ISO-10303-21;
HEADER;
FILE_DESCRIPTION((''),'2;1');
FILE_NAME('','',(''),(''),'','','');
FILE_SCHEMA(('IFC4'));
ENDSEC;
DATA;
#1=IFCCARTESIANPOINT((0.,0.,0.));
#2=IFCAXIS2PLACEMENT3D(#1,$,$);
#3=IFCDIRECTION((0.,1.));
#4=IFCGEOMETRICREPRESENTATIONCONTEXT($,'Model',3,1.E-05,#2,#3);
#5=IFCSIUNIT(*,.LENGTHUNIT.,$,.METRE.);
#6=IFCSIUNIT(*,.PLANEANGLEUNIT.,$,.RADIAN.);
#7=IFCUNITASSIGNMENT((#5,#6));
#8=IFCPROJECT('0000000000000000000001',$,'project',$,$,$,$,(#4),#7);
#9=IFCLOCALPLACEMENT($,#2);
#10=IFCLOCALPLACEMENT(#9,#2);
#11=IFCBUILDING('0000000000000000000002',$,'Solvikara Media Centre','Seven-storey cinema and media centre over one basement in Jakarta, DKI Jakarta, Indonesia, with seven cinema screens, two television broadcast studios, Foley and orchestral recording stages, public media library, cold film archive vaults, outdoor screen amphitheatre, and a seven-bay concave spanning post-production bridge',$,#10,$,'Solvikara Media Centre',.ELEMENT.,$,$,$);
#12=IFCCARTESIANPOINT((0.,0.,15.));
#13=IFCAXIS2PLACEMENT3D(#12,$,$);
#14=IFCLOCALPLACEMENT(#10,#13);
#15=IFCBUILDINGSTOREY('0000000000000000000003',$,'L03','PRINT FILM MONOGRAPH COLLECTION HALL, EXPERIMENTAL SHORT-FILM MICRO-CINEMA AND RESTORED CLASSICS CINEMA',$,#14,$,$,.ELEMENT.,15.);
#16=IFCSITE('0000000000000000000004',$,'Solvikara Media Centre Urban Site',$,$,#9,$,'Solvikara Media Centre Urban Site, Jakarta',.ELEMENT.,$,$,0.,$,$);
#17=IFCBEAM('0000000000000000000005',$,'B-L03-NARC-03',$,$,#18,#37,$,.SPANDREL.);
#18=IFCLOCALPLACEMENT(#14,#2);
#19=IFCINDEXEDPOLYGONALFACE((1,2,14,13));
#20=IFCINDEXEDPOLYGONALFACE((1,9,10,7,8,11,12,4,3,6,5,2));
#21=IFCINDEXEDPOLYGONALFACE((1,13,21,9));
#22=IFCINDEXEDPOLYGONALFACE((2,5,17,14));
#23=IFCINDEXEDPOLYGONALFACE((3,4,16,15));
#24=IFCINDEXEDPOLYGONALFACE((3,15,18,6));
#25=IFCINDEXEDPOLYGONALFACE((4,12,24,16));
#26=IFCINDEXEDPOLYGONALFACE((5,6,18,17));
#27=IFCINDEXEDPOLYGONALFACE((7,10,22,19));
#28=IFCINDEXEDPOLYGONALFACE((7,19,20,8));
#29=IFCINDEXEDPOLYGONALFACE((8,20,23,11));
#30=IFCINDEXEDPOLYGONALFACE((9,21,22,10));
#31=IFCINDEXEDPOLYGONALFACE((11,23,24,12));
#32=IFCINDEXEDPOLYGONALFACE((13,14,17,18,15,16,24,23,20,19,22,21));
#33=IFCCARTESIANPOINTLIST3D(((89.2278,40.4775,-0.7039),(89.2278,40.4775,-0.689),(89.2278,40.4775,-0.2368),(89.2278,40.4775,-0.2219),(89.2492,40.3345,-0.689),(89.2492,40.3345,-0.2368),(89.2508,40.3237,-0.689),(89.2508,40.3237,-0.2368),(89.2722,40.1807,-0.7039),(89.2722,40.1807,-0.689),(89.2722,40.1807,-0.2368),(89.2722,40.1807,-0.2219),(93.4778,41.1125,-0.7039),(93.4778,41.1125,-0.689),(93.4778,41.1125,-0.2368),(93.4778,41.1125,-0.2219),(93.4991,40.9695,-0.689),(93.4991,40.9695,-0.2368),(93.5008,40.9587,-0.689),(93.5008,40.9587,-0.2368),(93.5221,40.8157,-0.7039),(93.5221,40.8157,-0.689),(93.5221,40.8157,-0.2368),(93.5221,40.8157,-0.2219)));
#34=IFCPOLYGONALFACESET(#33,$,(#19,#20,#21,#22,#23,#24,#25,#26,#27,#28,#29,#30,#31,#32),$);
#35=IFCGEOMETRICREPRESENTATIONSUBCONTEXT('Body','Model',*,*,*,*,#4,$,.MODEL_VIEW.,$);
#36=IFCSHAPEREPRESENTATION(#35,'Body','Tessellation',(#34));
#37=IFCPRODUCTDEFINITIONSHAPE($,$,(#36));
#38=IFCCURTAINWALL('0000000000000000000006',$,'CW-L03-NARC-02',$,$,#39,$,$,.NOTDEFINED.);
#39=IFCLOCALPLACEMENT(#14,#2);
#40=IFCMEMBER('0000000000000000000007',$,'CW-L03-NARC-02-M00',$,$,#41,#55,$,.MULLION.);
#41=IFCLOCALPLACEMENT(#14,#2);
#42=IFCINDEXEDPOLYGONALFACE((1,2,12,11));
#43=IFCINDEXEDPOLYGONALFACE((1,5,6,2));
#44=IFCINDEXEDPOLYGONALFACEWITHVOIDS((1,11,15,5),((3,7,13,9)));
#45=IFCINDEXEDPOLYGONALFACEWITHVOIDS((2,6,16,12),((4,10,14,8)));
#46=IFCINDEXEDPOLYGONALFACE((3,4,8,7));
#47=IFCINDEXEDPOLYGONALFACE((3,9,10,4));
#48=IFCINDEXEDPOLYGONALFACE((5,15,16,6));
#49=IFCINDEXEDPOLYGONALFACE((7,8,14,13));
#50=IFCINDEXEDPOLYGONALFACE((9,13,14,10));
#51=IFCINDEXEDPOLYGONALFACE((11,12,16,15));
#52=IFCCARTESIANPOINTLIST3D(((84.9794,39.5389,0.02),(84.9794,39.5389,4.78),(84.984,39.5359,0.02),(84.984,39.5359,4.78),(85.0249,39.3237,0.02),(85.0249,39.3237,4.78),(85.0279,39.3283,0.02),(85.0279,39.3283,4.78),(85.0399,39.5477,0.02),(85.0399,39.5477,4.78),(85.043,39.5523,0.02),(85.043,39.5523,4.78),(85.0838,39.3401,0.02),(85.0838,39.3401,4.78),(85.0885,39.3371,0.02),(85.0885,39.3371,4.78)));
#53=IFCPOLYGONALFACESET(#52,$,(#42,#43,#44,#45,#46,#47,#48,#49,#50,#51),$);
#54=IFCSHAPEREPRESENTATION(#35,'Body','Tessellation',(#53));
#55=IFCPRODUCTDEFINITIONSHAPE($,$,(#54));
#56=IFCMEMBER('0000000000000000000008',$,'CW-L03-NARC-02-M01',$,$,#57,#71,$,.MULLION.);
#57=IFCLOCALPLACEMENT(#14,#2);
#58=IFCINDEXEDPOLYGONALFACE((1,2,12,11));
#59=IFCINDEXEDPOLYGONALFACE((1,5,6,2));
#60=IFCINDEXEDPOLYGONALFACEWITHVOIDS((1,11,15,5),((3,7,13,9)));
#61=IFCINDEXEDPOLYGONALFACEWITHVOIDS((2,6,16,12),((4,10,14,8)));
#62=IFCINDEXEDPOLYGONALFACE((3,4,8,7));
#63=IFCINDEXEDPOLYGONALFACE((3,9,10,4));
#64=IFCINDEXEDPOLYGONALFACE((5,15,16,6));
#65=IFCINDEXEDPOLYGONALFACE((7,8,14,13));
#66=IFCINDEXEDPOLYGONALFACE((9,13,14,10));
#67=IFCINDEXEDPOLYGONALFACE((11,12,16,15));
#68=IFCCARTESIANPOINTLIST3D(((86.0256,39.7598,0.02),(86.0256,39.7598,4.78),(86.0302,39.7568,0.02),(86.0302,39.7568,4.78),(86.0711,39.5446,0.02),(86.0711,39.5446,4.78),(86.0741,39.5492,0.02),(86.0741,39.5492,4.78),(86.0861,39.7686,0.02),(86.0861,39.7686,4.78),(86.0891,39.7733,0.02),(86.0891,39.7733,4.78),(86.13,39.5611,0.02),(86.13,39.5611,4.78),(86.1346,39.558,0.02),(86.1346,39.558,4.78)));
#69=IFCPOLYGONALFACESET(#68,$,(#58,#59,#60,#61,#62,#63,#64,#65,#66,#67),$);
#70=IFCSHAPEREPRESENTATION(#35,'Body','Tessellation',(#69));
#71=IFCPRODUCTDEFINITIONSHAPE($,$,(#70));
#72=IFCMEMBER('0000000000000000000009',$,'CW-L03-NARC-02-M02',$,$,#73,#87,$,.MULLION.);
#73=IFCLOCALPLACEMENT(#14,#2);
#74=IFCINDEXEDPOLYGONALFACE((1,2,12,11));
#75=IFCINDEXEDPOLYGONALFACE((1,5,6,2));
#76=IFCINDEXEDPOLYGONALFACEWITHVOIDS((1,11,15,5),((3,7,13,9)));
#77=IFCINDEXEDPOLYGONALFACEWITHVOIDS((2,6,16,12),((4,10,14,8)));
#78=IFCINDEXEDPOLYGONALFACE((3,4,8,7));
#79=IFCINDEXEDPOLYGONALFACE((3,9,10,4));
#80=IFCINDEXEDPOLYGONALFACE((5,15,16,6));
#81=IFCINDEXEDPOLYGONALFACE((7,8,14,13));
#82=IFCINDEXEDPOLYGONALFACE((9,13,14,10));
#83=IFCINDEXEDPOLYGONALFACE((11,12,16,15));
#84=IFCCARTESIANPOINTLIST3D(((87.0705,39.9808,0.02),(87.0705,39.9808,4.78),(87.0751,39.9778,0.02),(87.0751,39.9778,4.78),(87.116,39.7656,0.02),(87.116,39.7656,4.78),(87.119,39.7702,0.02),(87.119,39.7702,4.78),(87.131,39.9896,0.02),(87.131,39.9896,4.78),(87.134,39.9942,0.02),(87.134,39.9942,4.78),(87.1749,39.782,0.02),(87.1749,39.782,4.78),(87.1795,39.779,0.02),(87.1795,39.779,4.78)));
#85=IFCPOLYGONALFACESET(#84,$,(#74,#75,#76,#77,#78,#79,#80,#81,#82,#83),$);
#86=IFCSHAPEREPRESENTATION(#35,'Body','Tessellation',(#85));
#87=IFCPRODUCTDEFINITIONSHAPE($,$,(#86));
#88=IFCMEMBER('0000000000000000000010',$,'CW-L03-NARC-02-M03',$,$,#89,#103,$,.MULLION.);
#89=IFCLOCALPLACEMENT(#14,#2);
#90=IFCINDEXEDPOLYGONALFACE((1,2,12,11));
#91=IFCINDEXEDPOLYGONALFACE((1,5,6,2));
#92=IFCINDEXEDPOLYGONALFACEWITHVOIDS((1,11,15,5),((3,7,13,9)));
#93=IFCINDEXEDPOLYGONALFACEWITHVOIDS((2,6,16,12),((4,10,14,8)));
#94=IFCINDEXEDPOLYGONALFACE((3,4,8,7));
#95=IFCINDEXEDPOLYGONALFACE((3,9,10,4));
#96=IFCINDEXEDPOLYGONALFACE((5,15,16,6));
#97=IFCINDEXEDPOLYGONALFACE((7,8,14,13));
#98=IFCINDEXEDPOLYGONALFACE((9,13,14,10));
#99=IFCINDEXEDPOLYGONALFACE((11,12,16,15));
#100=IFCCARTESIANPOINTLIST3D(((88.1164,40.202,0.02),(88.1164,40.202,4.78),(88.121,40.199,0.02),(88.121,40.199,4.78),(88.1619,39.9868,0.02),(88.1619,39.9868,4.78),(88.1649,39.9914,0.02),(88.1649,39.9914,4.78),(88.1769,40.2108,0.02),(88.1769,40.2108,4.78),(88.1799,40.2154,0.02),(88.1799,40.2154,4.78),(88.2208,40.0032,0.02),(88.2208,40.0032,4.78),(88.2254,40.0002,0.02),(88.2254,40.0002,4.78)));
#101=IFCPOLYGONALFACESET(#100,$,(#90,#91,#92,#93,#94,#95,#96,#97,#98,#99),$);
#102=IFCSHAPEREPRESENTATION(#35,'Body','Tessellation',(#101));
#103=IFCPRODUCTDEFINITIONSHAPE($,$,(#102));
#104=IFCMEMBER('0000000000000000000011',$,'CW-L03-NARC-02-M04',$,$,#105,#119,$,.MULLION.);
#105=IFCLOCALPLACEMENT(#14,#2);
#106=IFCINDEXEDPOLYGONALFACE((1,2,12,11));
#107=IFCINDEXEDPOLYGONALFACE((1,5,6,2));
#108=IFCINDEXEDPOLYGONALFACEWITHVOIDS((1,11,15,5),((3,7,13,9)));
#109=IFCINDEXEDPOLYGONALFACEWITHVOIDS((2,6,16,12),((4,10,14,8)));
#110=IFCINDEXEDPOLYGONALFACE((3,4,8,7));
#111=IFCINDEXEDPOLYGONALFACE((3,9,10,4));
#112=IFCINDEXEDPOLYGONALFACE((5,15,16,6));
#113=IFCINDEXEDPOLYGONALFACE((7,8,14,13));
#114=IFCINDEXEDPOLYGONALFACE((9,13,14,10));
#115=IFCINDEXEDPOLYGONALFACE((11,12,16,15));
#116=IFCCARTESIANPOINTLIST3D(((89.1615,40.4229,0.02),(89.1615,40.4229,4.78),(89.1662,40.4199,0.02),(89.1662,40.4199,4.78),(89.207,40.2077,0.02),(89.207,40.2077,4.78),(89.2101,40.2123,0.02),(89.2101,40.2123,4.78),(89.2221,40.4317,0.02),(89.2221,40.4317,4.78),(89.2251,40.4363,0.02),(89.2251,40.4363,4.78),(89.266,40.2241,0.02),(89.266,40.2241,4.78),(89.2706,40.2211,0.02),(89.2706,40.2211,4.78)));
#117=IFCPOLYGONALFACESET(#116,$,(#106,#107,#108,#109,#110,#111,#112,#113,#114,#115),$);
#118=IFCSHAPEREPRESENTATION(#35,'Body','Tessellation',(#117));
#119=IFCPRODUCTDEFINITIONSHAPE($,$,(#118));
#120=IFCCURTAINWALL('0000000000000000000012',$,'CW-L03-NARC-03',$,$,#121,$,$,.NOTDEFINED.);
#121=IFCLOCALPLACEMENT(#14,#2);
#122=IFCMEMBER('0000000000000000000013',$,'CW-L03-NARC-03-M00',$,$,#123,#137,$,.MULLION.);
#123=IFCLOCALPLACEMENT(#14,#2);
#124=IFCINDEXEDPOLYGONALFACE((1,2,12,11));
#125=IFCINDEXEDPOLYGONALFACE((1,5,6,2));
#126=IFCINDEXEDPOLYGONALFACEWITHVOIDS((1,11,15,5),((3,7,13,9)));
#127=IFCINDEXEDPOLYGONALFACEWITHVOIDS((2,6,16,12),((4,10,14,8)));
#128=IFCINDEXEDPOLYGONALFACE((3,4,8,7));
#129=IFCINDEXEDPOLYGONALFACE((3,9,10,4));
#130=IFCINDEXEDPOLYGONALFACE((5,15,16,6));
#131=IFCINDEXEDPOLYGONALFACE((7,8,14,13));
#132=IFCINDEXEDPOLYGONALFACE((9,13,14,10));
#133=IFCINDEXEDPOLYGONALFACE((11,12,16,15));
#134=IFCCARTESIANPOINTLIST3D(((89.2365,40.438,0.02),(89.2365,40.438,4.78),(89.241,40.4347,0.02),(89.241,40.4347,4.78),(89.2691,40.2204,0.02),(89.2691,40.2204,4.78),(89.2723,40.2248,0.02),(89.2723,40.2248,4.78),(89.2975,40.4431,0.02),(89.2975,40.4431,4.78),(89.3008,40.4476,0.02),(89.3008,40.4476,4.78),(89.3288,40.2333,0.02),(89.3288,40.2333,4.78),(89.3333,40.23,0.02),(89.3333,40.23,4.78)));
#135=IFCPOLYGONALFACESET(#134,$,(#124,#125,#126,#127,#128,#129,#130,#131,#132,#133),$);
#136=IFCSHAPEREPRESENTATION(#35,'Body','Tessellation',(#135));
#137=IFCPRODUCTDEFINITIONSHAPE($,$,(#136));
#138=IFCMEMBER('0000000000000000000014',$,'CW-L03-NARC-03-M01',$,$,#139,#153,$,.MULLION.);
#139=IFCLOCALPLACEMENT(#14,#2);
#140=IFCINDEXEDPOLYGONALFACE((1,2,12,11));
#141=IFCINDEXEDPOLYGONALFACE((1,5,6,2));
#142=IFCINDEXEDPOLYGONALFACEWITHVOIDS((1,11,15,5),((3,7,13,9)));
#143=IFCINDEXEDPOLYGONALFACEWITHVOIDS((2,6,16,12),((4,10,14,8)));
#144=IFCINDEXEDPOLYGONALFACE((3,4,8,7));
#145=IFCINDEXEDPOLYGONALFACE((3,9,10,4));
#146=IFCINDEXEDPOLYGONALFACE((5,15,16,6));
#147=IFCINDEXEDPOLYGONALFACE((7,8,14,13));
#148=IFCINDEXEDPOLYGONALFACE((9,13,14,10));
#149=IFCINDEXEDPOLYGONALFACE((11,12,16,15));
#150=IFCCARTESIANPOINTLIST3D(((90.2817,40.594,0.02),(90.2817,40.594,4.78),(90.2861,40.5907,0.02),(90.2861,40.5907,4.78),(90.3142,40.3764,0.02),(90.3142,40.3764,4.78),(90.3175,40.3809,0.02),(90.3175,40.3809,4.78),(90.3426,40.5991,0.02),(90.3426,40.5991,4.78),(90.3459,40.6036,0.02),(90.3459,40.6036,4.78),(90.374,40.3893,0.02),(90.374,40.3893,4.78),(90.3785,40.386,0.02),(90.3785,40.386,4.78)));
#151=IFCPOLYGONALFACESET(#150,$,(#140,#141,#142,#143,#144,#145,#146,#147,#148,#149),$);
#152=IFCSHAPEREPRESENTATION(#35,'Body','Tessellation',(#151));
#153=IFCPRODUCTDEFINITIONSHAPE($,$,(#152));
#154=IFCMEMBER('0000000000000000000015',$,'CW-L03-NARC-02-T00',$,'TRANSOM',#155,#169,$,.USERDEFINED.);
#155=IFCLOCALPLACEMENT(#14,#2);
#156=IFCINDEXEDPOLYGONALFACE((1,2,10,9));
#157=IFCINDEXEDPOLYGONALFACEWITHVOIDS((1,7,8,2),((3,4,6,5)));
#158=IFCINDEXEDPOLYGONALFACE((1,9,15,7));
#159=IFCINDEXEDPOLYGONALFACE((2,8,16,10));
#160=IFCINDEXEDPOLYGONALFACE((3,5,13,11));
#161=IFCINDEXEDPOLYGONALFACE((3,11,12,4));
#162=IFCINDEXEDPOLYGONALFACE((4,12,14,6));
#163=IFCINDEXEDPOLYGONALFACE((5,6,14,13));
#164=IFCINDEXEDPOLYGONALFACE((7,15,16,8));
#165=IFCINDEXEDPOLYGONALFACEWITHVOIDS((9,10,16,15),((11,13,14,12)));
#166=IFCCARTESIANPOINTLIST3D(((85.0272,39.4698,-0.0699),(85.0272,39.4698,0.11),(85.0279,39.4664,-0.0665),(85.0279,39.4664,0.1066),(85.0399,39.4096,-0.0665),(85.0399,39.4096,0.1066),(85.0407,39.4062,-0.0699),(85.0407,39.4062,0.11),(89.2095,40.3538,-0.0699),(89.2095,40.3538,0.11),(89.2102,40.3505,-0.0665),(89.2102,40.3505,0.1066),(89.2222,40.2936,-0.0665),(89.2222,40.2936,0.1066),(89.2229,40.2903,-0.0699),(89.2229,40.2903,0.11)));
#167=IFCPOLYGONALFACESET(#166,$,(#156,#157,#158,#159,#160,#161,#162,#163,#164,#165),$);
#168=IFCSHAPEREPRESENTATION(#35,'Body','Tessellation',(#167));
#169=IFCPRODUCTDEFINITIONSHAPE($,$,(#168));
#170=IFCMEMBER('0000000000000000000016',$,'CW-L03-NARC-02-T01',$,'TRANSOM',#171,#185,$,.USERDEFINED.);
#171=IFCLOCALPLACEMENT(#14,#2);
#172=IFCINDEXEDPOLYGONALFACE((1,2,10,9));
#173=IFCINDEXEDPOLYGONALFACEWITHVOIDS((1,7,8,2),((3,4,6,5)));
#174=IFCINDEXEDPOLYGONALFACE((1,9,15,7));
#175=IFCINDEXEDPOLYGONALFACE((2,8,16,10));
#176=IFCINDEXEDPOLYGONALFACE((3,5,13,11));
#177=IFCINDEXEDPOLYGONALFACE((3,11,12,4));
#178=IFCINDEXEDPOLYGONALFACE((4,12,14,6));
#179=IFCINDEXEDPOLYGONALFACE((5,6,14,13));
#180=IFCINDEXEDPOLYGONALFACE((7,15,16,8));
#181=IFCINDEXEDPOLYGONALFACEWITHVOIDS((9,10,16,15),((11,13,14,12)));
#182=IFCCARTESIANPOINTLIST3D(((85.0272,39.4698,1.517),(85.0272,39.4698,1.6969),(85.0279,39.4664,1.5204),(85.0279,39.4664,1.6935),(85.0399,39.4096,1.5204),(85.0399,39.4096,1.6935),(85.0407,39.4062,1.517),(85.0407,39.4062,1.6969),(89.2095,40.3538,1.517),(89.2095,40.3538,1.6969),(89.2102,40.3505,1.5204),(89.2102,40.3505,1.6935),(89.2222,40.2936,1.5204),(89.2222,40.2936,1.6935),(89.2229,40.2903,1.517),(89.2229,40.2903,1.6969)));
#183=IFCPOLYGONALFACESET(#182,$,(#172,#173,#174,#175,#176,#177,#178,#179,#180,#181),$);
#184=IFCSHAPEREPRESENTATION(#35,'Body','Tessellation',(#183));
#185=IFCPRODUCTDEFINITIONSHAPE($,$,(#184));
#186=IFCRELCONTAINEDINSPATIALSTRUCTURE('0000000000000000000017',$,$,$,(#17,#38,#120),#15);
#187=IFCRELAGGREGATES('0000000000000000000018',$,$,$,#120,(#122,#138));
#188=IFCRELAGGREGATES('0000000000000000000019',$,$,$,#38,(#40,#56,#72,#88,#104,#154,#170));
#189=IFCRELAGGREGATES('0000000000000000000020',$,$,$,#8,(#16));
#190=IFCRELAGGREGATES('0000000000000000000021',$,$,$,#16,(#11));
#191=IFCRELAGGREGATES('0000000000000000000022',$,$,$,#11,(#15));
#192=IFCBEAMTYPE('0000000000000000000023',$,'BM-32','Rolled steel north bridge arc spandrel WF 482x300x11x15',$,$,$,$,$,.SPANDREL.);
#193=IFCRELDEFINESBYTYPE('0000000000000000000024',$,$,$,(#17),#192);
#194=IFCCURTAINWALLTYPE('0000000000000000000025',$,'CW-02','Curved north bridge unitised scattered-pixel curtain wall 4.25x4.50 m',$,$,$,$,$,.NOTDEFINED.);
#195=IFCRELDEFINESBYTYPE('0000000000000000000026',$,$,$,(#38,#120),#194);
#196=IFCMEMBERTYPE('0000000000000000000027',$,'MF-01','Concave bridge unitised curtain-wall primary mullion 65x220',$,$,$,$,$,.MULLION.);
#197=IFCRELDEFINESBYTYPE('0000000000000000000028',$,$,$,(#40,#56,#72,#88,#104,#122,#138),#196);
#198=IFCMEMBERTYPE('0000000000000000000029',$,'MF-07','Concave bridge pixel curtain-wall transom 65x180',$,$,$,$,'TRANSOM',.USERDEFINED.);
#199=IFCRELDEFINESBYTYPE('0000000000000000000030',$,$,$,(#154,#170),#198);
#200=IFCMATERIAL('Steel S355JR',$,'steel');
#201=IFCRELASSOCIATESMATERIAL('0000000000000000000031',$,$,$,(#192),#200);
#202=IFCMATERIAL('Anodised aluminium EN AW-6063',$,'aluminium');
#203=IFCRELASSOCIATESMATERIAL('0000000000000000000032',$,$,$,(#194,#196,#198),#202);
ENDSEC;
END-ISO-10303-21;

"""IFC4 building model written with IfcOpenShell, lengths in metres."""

from ifc_helpers import new_model, si_unit, direction, frame, origin, origin_2d, place, context, subcontext, project, spatial, hollow_rectangle, i_section, extrude, material, material_profile, profile_set, type_object, element, aggregate, save


model = new_model("IFC4")

# Units and contexts
model_context = context("Model", 3, precision=1e-05, world=origin(), true_north=direction((0.0, 1.0)))
body_context = subcontext(model_context, "Body", "Model", "MODEL_VIEW")
ifc_project = project(units=[si_unit("LENGTHUNIT", "METRE"), si_unit("PLANEANGLEUNIT", "RADIAN")], contexts=[model_context])

# Site, building, storey
site_placement = place(None, origin())
site = spatial("IfcSite", under=ifc_project, at=site_placement, Name="Solvikara Media Centre Urban Site", LongName="Solvikara Media Centre Urban Site, Jakarta", CompositionType="ELEMENT", RefElevation=0.0)
building_placement = place(site_placement, origin())
building = spatial("IfcBuilding", under=site, at=building_placement, Name="Solvikara Media Centre", Description="Seven-storey cinema and media centre over one basement in Jakarta, DKI Jakarta, Indonesia, with seven cinema screens, two television broadcast studios, Foley and orchestral recording stages, public media library, cold film archive vaults, outdoor screen amphitheatre, and a seven-bay concave spanning post-production bridge", LongName="Solvikara Media Centre", CompositionType="ELEMENT")
storey_placement = place(building_placement, frame((0.0, 0.0, 15.0)))
storey = spatial("IfcBuildingStorey", under=building, at=storey_placement, Name="L03", Description="PRINT FILM MONOGRAPH COLLECTION HALL, EXPERIMENTAL SHORT-FILM MICRO-CINEMA AND RESTORED CLASSICS CINEMA", CompositionType="ELEMENT", Elevation=15.0)

# Beam
ifc_material_1 = material(Name="Steel S355JR", Category="steel")
ifc_material_profile_1 = material_profile(ifc_material_1, i_section(OverallWidth=0.3, OverallDepth=0.4819, WebThickness=0.011, FlangeThickness=0.0149, at=origin_2d()), Name="WF 482x300x11x15")
ifc_profile_set_1 = profile_set([ifc_material_profile_1], Name="Steel S355JR")
beam_type = type_object("IfcBeamType", Name="BM-32", Description="Rolled steel north bridge arc spandrel WF 482x300x11x15", PredefinedType="SPANDREL", material=ifc_profile_set_1)
beam_placement = place(storey_placement, frame((89.25, 40.3291, -0.4629), z_axis=(0.989021, 0.147774, 0.0), x_axis=(-0.147774, 0.989021, 0.0)))
element("IfcBeam", 1, at=beam_placement, inside=storey, type_object=beam_type, Name="B-L03-NARC-03", PredefinedType="SPANDREL", context=body_context, shape_type="SweptSolid", body=[
    extrude(i_section(OverallWidth=0.3, OverallDepth=0.4819, WebThickness=0.011, FlangeThickness=0.0149, at=origin_2d()), origin(), (0.0, 0.0, 1.0), 4.2971),
])

# Curtain walls, members
ifc_material_2 = material(Name="Anodised aluminium EN AW-6063", Category="aluminium")
curtain_wall_type = type_object("IfcCurtainWallType", Name="CW-02", Description="Curved north bridge unitised scattered-pixel curtain wall 4.25x4.50 m", PredefinedType="NOTDEFINED", material=ifc_material_2)
curtain_wall_1_placement = place(storey_placement, origin())
curtain_wall_1 = element("IfcCurtainWall", 2, at=curtain_wall_1_placement, inside=storey, type_object=curtain_wall_type, Name="CW-L03-NARC-02", PredefinedType="NOTDEFINED")
ifc_material_profile_2 = material_profile(ifc_material_2, hollow_rectangle(XDim=0.0649, YDim=0.22, WallThickness=0.0039, at=origin_2d()), Name="ALU-M 65x220x4")
ifc_profile_set_2 = profile_set([ifc_material_profile_2], Name="Anodised aluminium EN AW-6063")
member_type_1 = type_object("IfcMemberType", Name="MF-01", Description="Concave bridge unitised curtain-wall primary mullion 65x220", PredefinedType="MULLION", material=ifc_profile_set_2)
member_1_placement = place(storey_placement, frame((85.0339, 39.438, 0.02), z_axis=(0.0, 0.0, 1.0), x_axis=(0.978379, 0.206819, 0.0)))
member_1 = element("IfcMember", 3, at=member_1_placement, type_object=member_type_1, Name="CW-L03-NARC-02-M00", PredefinedType="MULLION", context=body_context, shape_type="SweptSolid", body=[
    extrude(hollow_rectangle(XDim=0.0649, YDim=0.22, WallThickness=0.0039, at=origin_2d()), origin(), (0.0, 0.0, 1.0), 4.76),
])
member_2_placement = place(storey_placement, frame((86.0801, 39.6589, 0.02), z_axis=(0.0, 0.0, 1.0), x_axis=(0.978379, 0.206819, 0.0)))
member_2 = element("IfcMember", 4, at=member_2_placement, type_object=member_type_1, Name="CW-L03-NARC-02-M01", PredefinedType="MULLION", context=body_context, shape_type="SweptSolid", body=[
    extrude(hollow_rectangle(XDim=0.0649, YDim=0.22, WallThickness=0.0039, at=origin_2d()), origin(), (0.0, 0.0, 1.0), 4.76),
])
member_3_placement = place(storey_placement, frame((87.125, 39.8799, 0.02), z_axis=(0.0, 0.0, 1.0), x_axis=(0.978379, 0.206819, 0.0)))
member_3 = element("IfcMember", 5, at=member_3_placement, type_object=member_type_1, Name="CW-L03-NARC-02-M02", PredefinedType="MULLION", context=body_context, shape_type="SweptSolid", body=[
    extrude(hollow_rectangle(XDim=0.0649, YDim=0.22, WallThickness=0.0039, at=origin_2d()), origin(), (0.0, 0.0, 1.0), 4.76),
])
member_4_placement = place(storey_placement, frame((88.1709, 40.1011, 0.02), z_axis=(0.0, 0.0, 1.0), x_axis=(0.978379, 0.206819, 0.0)))
member_4 = element("IfcMember", 6, at=member_4_placement, type_object=member_type_1, Name="CW-L03-NARC-02-M03", PredefinedType="MULLION", context=body_context, shape_type="SweptSolid", body=[
    extrude(hollow_rectangle(XDim=0.0649, YDim=0.22, WallThickness=0.0039, at=origin_2d()), origin(), (0.0, 0.0, 1.0), 4.76),
])
member_5_placement = place(storey_placement, frame((89.2161, 40.322, 0.02), z_axis=(0.0, 0.0, 1.0), x_axis=(0.978379, 0.206819, 0.0)))
member_5 = element("IfcMember", 7, at=member_5_placement, type_object=member_type_1, Name="CW-L03-NARC-02-M04", PredefinedType="MULLION", context=body_context, shape_type="SweptSolid", body=[
    extrude(hollow_rectangle(XDim=0.0649, YDim=0.22, WallThickness=0.0039, at=origin_2d()), origin(), (0.0, 0.0, 1.0), 4.76),
])
curtain_wall_2_placement = place(storey_placement, origin())
curtain_wall_2 = element("IfcCurtainWall", 8, at=curtain_wall_2_placement, inside=storey, type_object=curtain_wall_type, Name="CW-L03-NARC-03", PredefinedType="NOTDEFINED")
member_6_placement = place(storey_placement, frame((89.2849, 40.334, 0.02), z_axis=(0.0, 0.0, 1.0), x_axis=(0.989006, 0.147878, 0.0)))
member_6 = element("IfcMember", 9, at=member_6_placement, type_object=member_type_1, Name="CW-L03-NARC-03-M00", PredefinedType="MULLION", context=body_context, shape_type="SweptSolid", body=[
    extrude(hollow_rectangle(XDim=0.0649, YDim=0.22, WallThickness=0.0039, at=origin_2d()), origin(), (0.0, 0.0, 1.0), 4.76),
])
member_7_placement = place(storey_placement, frame((90.3301, 40.49, 0.02), z_axis=(0.0, 0.0, 1.0), x_axis=(0.989006, 0.147878, 0.0)))
member_7 = element("IfcMember", 10, at=member_7_placement, type_object=member_type_1, Name="CW-L03-NARC-03-M01", PredefinedType="MULLION", context=body_context, shape_type="SweptSolid", body=[
    extrude(hollow_rectangle(XDim=0.0649, YDim=0.22, WallThickness=0.0039, at=origin_2d()), origin(), (0.0, 0.0, 1.0), 4.76),
])

# Members
ifc_material_profile_3 = material_profile(ifc_material_2, hollow_rectangle(XDim=0.0649, YDim=0.1799, WallThickness=0.0034, at=origin_2d()), Name="ALU-T 65x180x3.5")
ifc_profile_set_3 = profile_set([ifc_material_profile_3], Name="Anodised aluminium EN AW-6063")
member_type_2 = type_object("IfcMemberType", Name="MF-07", Description="Concave bridge pixel curtain-wall transom 65x180", ElementType="TRANSOM", PredefinedType="USERDEFINED", material=ifc_profile_set_3)
member_8_placement = place(storey_placement, frame((85.0339, 39.438, 0.02), z_axis=(0.97838, 0.206814, 0.0), x_axis=(-0.206814, 0.97838, 0.0)))
member_8 = element("IfcMember", 11, at=member_8_placement, type_object=member_type_2, Name="CW-L03-NARC-02-T00", ObjectType="TRANSOM", PredefinedType="USERDEFINED", context=body_context, shape_type="SweptSolid", body=[
    extrude(hollow_rectangle(XDim=0.0649, YDim=0.1799, WallThickness=0.0034, at=origin_2d()), origin(), (0.0, 0.0, 1.0), 4.2747),
])
member_9_placement = place(storey_placement, frame((85.0339, 39.438, 1.6069), z_axis=(0.97838, 0.206814, 0.0), x_axis=(-0.206814, 0.97838, 0.0)))
member_9 = element("IfcMember", 12, at=member_9_placement, type_object=member_type_2, Name="CW-L03-NARC-02-T01", ObjectType="TRANSOM", PredefinedType="USERDEFINED", context=body_context, shape_type="SweptSolid", body=[
    extrude(hollow_rectangle(XDim=0.0649, YDim=0.1799, WallThickness=0.0034, at=origin_2d()), origin(), (0.0, 0.0, 1.0), 4.2747),
])

aggregate(curtain_wall_2, [member_6, member_7])
aggregate(curtain_wall_1, [member_1, member_2, member_3, member_4, member_5, member_8, member_9])

save(model, "model.ifc")
